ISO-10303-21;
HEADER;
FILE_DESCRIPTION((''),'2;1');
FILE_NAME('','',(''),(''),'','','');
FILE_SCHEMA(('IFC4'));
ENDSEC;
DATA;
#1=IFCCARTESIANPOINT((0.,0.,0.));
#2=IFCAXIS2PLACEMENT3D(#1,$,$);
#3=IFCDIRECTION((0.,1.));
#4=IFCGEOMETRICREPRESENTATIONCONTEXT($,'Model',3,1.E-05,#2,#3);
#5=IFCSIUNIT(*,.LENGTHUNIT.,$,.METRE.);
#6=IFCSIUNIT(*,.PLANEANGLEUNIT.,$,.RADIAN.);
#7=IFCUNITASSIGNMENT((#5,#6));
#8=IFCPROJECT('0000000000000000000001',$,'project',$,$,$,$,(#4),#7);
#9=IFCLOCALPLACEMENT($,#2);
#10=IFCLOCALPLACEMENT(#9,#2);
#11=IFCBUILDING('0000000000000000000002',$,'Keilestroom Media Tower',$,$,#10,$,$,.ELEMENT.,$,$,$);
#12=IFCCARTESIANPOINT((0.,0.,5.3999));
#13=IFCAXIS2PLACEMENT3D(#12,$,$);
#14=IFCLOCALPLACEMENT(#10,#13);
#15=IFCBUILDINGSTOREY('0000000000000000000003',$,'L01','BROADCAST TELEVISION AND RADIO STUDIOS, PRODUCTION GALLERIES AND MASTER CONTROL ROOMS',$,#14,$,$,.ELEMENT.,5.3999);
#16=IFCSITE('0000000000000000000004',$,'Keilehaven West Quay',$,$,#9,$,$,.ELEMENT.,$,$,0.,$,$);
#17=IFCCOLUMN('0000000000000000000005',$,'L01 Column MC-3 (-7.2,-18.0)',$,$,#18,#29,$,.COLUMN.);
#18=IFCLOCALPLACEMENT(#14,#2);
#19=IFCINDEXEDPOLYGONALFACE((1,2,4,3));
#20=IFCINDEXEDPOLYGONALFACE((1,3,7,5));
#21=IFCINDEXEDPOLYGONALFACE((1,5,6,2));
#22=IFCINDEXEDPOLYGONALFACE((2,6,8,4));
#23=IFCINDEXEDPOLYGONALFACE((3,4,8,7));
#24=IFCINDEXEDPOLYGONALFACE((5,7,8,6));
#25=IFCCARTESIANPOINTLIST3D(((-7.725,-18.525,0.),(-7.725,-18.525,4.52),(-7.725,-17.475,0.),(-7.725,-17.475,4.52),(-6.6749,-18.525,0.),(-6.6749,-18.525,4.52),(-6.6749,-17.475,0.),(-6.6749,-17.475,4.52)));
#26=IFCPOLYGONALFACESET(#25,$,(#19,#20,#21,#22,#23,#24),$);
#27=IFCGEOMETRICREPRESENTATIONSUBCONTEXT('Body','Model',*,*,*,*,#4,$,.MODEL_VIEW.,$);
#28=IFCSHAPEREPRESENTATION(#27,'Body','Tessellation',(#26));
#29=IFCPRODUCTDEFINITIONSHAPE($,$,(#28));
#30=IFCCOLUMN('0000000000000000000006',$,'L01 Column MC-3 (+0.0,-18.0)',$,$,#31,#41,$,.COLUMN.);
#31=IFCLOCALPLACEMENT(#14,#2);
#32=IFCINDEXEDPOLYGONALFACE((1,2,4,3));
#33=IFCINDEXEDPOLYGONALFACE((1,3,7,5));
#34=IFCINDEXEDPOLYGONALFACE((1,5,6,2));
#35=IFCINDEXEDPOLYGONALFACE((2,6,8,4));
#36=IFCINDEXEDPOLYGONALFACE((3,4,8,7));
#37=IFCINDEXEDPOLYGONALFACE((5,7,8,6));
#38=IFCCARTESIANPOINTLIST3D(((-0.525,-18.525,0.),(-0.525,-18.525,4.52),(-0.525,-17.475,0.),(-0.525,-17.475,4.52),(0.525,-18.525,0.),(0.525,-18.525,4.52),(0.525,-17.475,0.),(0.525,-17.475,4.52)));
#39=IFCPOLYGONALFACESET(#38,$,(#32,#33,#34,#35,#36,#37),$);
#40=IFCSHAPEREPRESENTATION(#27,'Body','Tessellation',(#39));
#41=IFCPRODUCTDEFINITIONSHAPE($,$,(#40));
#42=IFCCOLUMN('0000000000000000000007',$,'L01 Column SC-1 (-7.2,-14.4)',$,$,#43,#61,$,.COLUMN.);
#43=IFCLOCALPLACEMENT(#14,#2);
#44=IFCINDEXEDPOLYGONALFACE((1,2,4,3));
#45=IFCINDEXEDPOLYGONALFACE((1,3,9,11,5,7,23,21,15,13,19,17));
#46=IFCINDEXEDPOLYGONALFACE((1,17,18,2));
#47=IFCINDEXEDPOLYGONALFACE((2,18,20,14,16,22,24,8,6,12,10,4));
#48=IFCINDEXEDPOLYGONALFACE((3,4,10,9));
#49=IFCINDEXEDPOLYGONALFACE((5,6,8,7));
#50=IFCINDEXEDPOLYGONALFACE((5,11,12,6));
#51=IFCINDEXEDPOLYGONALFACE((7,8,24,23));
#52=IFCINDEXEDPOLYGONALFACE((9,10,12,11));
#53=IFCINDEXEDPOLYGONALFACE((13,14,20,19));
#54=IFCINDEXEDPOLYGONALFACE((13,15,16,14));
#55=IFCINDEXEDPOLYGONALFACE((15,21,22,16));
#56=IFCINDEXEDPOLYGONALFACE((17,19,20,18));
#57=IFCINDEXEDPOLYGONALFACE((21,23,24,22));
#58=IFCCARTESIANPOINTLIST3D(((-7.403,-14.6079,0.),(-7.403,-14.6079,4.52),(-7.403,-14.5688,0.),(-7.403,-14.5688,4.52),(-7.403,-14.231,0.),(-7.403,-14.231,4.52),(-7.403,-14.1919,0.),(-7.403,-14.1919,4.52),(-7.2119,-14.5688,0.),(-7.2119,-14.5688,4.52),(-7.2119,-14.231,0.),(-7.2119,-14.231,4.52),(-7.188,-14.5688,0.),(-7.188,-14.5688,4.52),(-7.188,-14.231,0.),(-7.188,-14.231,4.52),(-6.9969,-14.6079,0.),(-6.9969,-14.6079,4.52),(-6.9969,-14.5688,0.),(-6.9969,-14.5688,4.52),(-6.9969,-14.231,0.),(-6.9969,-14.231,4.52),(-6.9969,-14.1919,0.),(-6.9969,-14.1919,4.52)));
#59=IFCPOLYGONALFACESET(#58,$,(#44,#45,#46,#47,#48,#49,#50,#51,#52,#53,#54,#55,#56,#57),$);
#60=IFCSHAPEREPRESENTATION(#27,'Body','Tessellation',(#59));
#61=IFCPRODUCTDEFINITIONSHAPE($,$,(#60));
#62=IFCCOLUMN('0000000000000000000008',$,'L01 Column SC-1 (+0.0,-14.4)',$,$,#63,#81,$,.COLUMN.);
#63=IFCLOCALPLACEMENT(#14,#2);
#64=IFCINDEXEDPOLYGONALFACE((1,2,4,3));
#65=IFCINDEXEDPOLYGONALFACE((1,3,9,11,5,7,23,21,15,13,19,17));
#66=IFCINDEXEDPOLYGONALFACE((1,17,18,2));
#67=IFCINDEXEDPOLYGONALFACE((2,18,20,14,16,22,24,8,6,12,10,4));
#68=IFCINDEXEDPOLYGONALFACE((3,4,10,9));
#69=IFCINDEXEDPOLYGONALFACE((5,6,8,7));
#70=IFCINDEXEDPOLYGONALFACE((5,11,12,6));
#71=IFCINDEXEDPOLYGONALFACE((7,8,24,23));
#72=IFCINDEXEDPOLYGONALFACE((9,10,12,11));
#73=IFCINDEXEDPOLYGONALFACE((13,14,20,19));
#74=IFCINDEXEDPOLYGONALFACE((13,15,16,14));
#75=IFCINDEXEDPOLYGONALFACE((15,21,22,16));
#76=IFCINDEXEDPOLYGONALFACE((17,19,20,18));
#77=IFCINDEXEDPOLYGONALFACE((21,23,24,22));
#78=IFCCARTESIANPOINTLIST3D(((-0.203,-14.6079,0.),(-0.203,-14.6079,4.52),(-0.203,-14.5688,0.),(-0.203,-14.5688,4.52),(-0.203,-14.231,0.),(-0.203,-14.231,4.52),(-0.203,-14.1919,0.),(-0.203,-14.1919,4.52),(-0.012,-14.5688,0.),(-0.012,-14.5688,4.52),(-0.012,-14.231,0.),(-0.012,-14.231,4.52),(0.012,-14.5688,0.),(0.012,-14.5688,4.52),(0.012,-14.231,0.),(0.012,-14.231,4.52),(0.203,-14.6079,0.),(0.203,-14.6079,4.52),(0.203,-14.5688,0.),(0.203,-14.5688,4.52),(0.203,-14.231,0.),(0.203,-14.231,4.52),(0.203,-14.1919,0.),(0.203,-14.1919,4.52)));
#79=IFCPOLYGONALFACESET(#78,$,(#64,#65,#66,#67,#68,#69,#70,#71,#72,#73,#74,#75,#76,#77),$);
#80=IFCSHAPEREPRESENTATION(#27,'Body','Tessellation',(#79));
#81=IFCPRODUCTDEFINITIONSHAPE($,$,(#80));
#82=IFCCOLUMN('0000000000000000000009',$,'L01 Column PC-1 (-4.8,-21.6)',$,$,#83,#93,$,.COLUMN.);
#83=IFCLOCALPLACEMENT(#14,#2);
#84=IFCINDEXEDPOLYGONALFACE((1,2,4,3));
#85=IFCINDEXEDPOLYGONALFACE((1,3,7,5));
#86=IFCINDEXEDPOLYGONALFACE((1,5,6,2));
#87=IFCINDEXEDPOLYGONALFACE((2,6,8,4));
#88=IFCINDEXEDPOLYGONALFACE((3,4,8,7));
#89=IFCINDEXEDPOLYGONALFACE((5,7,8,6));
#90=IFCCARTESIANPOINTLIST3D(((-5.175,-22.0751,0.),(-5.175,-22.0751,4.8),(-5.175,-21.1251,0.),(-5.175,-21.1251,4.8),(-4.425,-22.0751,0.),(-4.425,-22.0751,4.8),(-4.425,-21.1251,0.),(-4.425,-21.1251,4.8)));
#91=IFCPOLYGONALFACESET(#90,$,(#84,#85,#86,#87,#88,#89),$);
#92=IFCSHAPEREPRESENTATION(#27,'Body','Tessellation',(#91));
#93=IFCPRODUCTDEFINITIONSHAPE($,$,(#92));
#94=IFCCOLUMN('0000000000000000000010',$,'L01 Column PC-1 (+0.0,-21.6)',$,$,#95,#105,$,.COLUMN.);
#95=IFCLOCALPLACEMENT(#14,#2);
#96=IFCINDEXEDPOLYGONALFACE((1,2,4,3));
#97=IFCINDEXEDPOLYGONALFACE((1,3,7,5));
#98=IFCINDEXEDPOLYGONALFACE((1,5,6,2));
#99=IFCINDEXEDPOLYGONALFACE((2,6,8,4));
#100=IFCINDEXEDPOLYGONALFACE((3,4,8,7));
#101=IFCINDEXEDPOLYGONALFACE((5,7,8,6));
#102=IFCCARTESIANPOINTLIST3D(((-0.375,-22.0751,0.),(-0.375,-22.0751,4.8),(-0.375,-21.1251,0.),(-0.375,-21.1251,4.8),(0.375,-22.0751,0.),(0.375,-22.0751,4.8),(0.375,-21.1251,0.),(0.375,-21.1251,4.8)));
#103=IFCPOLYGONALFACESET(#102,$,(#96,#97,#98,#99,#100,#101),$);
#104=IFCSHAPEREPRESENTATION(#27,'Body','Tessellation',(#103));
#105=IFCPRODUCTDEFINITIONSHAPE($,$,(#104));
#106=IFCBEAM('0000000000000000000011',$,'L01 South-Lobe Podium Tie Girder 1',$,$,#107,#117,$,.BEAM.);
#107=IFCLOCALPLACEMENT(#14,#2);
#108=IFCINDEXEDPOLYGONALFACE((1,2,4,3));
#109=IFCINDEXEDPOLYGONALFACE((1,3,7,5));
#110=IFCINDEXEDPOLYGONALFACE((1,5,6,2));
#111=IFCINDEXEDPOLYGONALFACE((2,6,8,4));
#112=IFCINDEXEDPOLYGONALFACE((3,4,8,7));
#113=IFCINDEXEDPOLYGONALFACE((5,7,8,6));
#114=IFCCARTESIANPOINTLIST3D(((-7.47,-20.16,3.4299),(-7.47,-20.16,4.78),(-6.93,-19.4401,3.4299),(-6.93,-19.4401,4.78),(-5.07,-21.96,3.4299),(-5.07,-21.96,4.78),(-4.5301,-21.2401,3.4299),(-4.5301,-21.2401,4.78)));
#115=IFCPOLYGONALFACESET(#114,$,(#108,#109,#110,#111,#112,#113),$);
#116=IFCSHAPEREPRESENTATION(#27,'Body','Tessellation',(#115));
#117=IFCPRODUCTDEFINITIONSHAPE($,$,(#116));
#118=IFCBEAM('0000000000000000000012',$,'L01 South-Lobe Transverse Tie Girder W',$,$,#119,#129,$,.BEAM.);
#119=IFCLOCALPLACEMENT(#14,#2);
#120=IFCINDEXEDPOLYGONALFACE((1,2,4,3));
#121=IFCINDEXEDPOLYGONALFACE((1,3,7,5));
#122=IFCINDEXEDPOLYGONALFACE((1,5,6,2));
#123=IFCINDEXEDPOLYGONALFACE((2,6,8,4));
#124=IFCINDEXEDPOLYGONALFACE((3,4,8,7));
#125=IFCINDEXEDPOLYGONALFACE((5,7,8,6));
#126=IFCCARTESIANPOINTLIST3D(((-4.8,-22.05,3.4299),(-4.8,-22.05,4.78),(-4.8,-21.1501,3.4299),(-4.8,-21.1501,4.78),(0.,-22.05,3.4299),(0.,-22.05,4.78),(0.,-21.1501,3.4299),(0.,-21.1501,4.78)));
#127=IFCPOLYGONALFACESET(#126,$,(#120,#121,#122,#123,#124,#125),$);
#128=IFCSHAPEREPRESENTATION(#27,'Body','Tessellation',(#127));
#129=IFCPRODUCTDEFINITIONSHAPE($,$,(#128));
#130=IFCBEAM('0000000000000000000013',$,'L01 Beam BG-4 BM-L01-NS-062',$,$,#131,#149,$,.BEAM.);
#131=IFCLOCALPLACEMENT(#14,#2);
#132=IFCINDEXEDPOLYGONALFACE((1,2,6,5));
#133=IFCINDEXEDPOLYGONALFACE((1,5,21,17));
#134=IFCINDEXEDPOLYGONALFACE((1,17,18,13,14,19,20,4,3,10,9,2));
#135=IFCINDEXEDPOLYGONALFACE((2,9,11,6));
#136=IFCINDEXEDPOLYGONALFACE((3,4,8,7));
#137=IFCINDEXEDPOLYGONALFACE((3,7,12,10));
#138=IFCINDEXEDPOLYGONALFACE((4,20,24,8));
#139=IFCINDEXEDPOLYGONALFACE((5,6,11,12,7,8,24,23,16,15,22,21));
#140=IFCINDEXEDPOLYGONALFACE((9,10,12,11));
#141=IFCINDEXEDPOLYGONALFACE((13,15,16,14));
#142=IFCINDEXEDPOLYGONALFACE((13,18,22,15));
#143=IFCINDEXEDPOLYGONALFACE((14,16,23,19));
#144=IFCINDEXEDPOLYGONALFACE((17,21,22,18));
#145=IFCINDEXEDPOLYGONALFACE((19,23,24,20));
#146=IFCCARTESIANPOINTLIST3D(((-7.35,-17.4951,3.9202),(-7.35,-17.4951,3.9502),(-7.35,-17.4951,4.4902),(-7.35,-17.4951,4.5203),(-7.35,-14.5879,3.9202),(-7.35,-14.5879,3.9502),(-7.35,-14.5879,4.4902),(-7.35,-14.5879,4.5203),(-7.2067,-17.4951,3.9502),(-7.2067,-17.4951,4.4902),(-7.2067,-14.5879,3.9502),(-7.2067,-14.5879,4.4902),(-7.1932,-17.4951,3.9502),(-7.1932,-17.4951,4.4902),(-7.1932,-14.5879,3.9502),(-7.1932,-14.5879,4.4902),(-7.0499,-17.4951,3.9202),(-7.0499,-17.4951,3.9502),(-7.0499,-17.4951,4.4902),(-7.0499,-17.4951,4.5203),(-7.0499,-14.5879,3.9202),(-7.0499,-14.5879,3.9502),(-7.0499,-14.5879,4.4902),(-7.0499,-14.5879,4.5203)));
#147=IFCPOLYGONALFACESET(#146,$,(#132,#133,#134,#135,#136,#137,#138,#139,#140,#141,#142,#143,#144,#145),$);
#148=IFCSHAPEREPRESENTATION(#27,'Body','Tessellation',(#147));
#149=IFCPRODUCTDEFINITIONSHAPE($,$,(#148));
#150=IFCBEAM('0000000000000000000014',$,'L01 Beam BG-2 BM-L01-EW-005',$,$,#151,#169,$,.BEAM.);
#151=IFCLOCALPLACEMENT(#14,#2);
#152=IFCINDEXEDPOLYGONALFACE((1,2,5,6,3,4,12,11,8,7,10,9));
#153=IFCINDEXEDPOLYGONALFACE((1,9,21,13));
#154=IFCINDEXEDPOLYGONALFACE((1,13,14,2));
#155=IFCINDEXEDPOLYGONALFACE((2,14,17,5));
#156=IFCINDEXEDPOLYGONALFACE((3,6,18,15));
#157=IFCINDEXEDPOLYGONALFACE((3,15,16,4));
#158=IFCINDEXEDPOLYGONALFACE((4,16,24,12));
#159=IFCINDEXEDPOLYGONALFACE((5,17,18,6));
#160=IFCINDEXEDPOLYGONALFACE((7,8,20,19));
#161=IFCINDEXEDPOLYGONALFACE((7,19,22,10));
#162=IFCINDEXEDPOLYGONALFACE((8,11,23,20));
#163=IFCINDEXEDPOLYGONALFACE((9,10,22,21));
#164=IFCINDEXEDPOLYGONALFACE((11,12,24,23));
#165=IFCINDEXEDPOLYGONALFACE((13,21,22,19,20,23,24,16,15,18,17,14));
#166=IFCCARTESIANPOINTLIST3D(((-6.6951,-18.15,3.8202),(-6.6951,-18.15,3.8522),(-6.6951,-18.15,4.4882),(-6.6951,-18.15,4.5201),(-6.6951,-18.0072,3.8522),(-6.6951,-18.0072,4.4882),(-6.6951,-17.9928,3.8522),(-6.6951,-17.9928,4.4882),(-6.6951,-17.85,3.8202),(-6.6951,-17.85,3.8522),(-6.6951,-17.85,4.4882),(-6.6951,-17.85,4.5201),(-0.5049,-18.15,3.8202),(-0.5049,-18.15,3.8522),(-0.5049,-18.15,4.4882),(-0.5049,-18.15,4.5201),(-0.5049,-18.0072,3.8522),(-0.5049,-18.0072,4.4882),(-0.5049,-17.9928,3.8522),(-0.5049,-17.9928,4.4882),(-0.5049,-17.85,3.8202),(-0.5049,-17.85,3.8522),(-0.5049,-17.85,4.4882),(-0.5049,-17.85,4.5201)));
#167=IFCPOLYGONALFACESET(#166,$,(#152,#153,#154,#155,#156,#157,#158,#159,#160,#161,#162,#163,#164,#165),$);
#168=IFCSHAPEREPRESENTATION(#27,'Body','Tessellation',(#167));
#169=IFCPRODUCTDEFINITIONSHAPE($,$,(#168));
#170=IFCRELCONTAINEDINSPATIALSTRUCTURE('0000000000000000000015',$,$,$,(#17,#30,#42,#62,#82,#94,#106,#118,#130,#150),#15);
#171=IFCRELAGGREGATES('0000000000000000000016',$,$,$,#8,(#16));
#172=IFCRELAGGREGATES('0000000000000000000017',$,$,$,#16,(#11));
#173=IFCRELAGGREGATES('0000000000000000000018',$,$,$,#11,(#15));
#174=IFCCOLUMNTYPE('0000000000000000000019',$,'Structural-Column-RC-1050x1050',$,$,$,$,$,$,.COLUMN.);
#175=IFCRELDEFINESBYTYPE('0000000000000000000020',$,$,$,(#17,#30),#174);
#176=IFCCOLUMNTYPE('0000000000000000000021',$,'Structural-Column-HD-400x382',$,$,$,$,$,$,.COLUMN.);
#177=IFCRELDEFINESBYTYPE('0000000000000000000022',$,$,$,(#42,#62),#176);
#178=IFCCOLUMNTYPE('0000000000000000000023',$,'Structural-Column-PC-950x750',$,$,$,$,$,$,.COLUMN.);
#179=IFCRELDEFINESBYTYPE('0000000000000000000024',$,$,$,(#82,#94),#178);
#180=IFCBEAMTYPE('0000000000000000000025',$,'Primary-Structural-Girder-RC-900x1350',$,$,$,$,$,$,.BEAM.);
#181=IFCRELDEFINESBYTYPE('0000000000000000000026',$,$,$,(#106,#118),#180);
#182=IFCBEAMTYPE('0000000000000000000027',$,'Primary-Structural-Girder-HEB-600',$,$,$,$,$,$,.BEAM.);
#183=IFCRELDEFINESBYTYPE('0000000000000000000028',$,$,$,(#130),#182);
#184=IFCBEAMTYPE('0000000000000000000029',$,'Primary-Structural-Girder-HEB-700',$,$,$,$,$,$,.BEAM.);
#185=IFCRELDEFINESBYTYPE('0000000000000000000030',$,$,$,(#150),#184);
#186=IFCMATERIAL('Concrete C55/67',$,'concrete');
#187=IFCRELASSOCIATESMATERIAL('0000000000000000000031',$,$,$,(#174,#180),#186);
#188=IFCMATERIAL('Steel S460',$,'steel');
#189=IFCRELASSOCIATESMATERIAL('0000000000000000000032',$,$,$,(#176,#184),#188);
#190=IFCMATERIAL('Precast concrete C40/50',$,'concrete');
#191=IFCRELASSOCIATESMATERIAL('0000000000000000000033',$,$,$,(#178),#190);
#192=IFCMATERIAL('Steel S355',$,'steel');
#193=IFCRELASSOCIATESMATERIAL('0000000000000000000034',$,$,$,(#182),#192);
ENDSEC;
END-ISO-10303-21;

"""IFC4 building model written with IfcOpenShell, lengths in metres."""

from ifc_helpers import new_model, si_unit, direction, frame, origin, origin_2d, place, context, subcontext, project, spatial, rectangle, i_section, extrude, source, transform, mapped, material, material_profile, profile_set, type_object, element, save


model = new_model("IFC4")

# Units and contexts
model_context = context("Model", 3, precision=1e-05, world=origin(), true_north=direction((0.0, 1.0)))
body_context = subcontext(model_context, "Body", "Model", "MODEL_VIEW")
ifc_project = project(units=[si_unit("LENGTHUNIT", "METRE"), si_unit("PLANEANGLEUNIT", "RADIAN")], contexts=[model_context])

# Site, building, storey
site_placement = place(None, origin())
site = spatial("IfcSite", under=ifc_project, at=site_placement, Name="Keilehaven West Quay", CompositionType="ELEMENT", RefElevation=0.0)
building_placement = place(site_placement, origin())
building = spatial("IfcBuilding", under=site, at=building_placement, Name="Keilestroom Media Tower", CompositionType="ELEMENT")
storey_placement = place(building_placement, frame((0.0, 0.0, 5.3999)))
storey = spatial("IfcBuildingStorey", under=building, at=storey_placement, Name="L01", Description="BROADCAST TELEVISION AND RADIO STUDIOS, PRODUCTION GALLERIES AND MASTER CONTROL ROOMS", CompositionType="ELEMENT", Elevation=5.3999)

# Columns
ifc_material_1 = material(Name="Concrete C55/67", Category="concrete")
ifc_material_profile_1 = material_profile(ifc_material_1, rectangle(XDim=1.05, YDim=1.05, at=origin_2d()), Name="RC 1050x1050")
ifc_profile_set_1 = profile_set([ifc_material_profile_1], Name="Concrete C55/67")
column_type_1 = type_object("IfcColumnType", Name="Structural-Column-RC-1050x1050", PredefinedType="COLUMN", material=ifc_profile_set_1)
shared_shape_1 = source(origin(), body_context, "Body", "SweptSolid", [
    extrude(rectangle(XDim=1.05, YDim=1.05, at=origin_2d()), origin(), (0.0, 0.0, 1.0), 4.52),
])
for number, where, z_axis, x_axis, name in (
    (1, (-7.2, -18.0, 0.0), (0.0, 0.0, 1.0), (1.0, 0.0, 0.0), "L01 Column MC-3 (-7.2,-18.0)"),
    (2, (0.0, -18.0, 0.0), (0.0, 0.0, 1.0), (1.0, 0.0, 0.0), "L01 Column MC-3 (+0.0,-18.0)"),
):
    element("IfcColumn", number, at=place(storey_placement, frame(where, z_axis=z_axis, x_axis=x_axis)), inside=storey, type_object=column_type_1, Name=name, PredefinedType="COLUMN", context=body_context, shape_type="MappedRepresentation", body=[
        mapped(shared_shape_1, transform((0.0, 0.0, 0.0), x_axis=(1.0, 0.0, 0.0), y_axis=(0.0, 1.0, 0.0), z_axis=(0.0, 0.0, 1.0), scale=1.0)),
    ])
ifc_material_2 = material(Name="Steel S460", Category="steel")
ifc_material_profile_2 = material_profile(ifc_material_2, i_section(OverallWidth=0.406, OverallDepth=0.416, WebThickness=0.0239, FlangeThickness=0.0391, at=origin_2d()), Name="HD 400x382")
ifc_profile_set_2 = profile_set([ifc_material_profile_2], Name="Steel S460")
column_type_2 = type_object("IfcColumnType", Name="Structural-Column-HD-400x382", PredefinedType="COLUMN", material=ifc_profile_set_2)
shared_shape_2 = source(origin(), body_context, "Body", "SweptSolid", [
    extrude(i_section(OverallWidth=0.406, OverallDepth=0.416, WebThickness=0.0239, FlangeThickness=0.0391, at=origin_2d()), origin(), (0.0, 0.0, 1.0), 4.52),
])
for number, where, z_axis, x_axis, name in (
    (3, (-7.2, -14.3999, 0.0), (0.0, 0.0, 1.0), (1.0, 0.0, 0.0), "L01 Column SC-1 (-7.2,-14.4)"),
    (4, (0.0, -14.3999, 0.0), (0.0, 0.0, 1.0), (1.0, 0.0, 0.0), "L01 Column SC-1 (+0.0,-14.4)"),
):
    element("IfcColumn", number, at=place(storey_placement, frame(where, z_axis=z_axis, x_axis=x_axis)), inside=storey, type_object=column_type_2, Name=name, PredefinedType="COLUMN", context=body_context, shape_type="MappedRepresentation", body=[
        mapped(shared_shape_2, transform((0.0, 0.0, 0.0), x_axis=(1.0, 0.0, 0.0), y_axis=(0.0, 1.0, 0.0), z_axis=(0.0, 0.0, 1.0), scale=1.0)),
    ])
ifc_material_3 = material(Name="Precast concrete C40/50", Category="concrete")
ifc_material_profile_3 = material_profile(ifc_material_3, rectangle(XDim=0.75, YDim=0.95, at=origin_2d()), Name="PC 950x750")
ifc_profile_set_3 = profile_set([ifc_material_profile_3], Name="Precast concrete C40/50")
column_type_3 = type_object("IfcColumnType", Name="Structural-Column-PC-950x750", PredefinedType="COLUMN", material=ifc_profile_set_3)
shared_shape_3 = source(origin(), body_context, "Body", "SweptSolid", [
    extrude(rectangle(XDim=0.75, YDim=0.95, at=origin_2d()), origin(), (0.0, 0.0, 1.0), 4.8),
])
for number, where, z_axis, x_axis, name in (
    (5, (-4.8, -21.6001, 0.0), (0.0, 0.0, 1.0), (1.0, 0.0, 0.0), "L01 Column PC-1 (-4.8,-21.6)"),
    (6, (0.0, -21.6001, 0.0), (0.0, 0.0, 1.0), (1.0, 0.0, 0.0), "L01 Column PC-1 (+0.0,-21.6)"),
):
    element("IfcColumn", number, at=place(storey_placement, frame(where, z_axis=z_axis, x_axis=x_axis)), inside=storey, type_object=column_type_3, Name=name, PredefinedType="COLUMN", context=body_context, shape_type="MappedRepresentation", body=[
        mapped(shared_shape_3, transform((0.0, 0.0, 0.0), x_axis=(1.0, 0.0, 0.0), y_axis=(0.0, 1.0, 0.0), z_axis=(0.0, 0.0, 1.0), scale=1.0)),
    ])

# Beams
ifc_material_profile_4 = material_profile(ifc_material_1, rectangle(XDim=0.8999, YDim=1.3501, at=origin_2d()), Name="RC 900x1350")
ifc_profile_set_4 = profile_set([ifc_material_profile_4], Name="Concrete C55/67")
beam_type_1 = type_object("IfcBeamType", Name="Primary-Structural-Girder-RC-900x1350", PredefinedType="BEAM", material=ifc_profile_set_4)
shared_shape_4 = source(origin(), body_context, "Body", "SweptSolid", [
    extrude(rectangle(XDim=0.8999, YDim=1.3501, at=origin_2d()), origin(), (0.0, 0.0, 1.0), 3.0),
])
beam_1_placement = place(storey_placement, frame((-4.8, -21.6001, 4.105), z_axis=(-0.79998, 0.600026, 0.0), x_axis=(-0.600026, -0.79998, 0.0)))
element("IfcBeam", 7, at=beam_1_placement, inside=storey, type_object=beam_type_1, Name="L01 South-Lobe Podium Tie Girder 1", PredefinedType="BEAM", context=body_context, shape_type="MappedRepresentation", body=[
    mapped(shared_shape_4, transform((0.0, 0.0, 0.0), x_axis=(1.0, 0.0, 0.0), y_axis=(0.0, 1.0, 0.0), z_axis=(0.0, 0.0, 1.0), scale=1.0)),
])
shared_shape_5 = source(origin(), body_context, "Body", "SweptSolid", [
    extrude(rectangle(XDim=0.8999, YDim=1.3501, at=origin_2d()), origin(), (0.0, 0.0, 1.0), 4.8),
])
beam_2_placement = place(storey_placement, frame((-4.8, -21.6001, 4.105), z_axis=(1.0, 0.0, 0.0), x_axis=(0.0, 1.0, 0.0)))
element("IfcBeam", 8, at=beam_2_placement, inside=storey, type_object=beam_type_1, Name="L01 South-Lobe Transverse Tie Girder W", PredefinedType="BEAM", context=body_context, shape_type="MappedRepresentation", body=[
    mapped(shared_shape_5, transform((0.0, 0.0, 0.0), x_axis=(1.0, 0.0, 0.0), y_axis=(0.0, 1.0, 0.0), z_axis=(0.0, 0.0, 1.0), scale=1.0)),
])
ifc_material_4 = material(Name="Steel S355", Category="steel")
ifc_material_profile_5 = material_profile(ifc_material_4, i_section(OverallWidth=0.3, OverallDepth=0.6001, WebThickness=0.0134, FlangeThickness=0.03, at=origin_2d()), Name="HEB 600")
ifc_profile_set_5 = profile_set([ifc_material_profile_5], Name="Steel S355")
beam_type_2 = type_object("IfcBeamType", Name="Primary-Structural-Girder-HEB-600", PredefinedType="BEAM", material=ifc_profile_set_5)
shared_shape_6 = source(origin(), body_context, "Body", "SweptSolid", [
    extrude(i_section(OverallWidth=0.3, OverallDepth=0.6001, WebThickness=0.0134, FlangeThickness=0.03, at=origin_2d()), origin(), (0.0, 0.0, 1.0), 2.9072),
])
beam_3_placement = place(storey_placement, frame((-7.2, -17.4951, 4.2202), z_axis=(0.0, 1.0, 0.0), x_axis=(-1.0, 0.0, 0.0)))
element("IfcBeam", 9, at=beam_3_placement, inside=storey, type_object=beam_type_2, Name="L01 Beam BG-4 BM-L01-NS-062", PredefinedType="BEAM", context=body_context, shape_type="MappedRepresentation", body=[
    mapped(shared_shape_6, transform((0.0, 0.0, 0.0), x_axis=(1.0, 0.0, 0.0), y_axis=(0.0, 1.0, 0.0), z_axis=(0.0, 0.0, 1.0), scale=1.0)),
])
ifc_material_profile_6 = material_profile(ifc_material_2, i_section(OverallWidth=0.3, OverallDepth=0.7, WebThickness=0.0144, FlangeThickness=0.032, at=origin_2d()), Name="HEB 700")
ifc_profile_set_6 = profile_set([ifc_material_profile_6], Name="Steel S460")
beam_type_3 = type_object("IfcBeamType", Name="Primary-Structural-Girder-HEB-700", PredefinedType="BEAM", material=ifc_profile_set_6)
shared_shape_7 = source(origin(), body_context, "Body", "SweptSolid", [
    extrude(i_section(OverallWidth=0.3, OverallDepth=0.7, WebThickness=0.0144, FlangeThickness=0.032, at=origin_2d()), origin(), (0.0, 0.0, 1.0), 6.1902),
])
beam_4_placement = place(storey_placement, frame((-6.6951, -18.0, 4.1702), z_axis=(1.0, 0.0, 0.0), x_axis=(0.0, 1.0, 0.0)))
element("IfcBeam", 10, at=beam_4_placement, inside=storey, type_object=beam_type_3, Name="L01 Beam BG-2 BM-L01-EW-005", PredefinedType="BEAM", context=body_context, shape_type="MappedRepresentation", body=[
    mapped(shared_shape_7, transform((0.0, 0.0, 0.0), x_axis=(1.0, 0.0, 0.0), y_axis=(0.0, 1.0, 0.0), z_axis=(0.0, 0.0, 1.0), scale=1.0)),
])

save(model, "model.ifc")
